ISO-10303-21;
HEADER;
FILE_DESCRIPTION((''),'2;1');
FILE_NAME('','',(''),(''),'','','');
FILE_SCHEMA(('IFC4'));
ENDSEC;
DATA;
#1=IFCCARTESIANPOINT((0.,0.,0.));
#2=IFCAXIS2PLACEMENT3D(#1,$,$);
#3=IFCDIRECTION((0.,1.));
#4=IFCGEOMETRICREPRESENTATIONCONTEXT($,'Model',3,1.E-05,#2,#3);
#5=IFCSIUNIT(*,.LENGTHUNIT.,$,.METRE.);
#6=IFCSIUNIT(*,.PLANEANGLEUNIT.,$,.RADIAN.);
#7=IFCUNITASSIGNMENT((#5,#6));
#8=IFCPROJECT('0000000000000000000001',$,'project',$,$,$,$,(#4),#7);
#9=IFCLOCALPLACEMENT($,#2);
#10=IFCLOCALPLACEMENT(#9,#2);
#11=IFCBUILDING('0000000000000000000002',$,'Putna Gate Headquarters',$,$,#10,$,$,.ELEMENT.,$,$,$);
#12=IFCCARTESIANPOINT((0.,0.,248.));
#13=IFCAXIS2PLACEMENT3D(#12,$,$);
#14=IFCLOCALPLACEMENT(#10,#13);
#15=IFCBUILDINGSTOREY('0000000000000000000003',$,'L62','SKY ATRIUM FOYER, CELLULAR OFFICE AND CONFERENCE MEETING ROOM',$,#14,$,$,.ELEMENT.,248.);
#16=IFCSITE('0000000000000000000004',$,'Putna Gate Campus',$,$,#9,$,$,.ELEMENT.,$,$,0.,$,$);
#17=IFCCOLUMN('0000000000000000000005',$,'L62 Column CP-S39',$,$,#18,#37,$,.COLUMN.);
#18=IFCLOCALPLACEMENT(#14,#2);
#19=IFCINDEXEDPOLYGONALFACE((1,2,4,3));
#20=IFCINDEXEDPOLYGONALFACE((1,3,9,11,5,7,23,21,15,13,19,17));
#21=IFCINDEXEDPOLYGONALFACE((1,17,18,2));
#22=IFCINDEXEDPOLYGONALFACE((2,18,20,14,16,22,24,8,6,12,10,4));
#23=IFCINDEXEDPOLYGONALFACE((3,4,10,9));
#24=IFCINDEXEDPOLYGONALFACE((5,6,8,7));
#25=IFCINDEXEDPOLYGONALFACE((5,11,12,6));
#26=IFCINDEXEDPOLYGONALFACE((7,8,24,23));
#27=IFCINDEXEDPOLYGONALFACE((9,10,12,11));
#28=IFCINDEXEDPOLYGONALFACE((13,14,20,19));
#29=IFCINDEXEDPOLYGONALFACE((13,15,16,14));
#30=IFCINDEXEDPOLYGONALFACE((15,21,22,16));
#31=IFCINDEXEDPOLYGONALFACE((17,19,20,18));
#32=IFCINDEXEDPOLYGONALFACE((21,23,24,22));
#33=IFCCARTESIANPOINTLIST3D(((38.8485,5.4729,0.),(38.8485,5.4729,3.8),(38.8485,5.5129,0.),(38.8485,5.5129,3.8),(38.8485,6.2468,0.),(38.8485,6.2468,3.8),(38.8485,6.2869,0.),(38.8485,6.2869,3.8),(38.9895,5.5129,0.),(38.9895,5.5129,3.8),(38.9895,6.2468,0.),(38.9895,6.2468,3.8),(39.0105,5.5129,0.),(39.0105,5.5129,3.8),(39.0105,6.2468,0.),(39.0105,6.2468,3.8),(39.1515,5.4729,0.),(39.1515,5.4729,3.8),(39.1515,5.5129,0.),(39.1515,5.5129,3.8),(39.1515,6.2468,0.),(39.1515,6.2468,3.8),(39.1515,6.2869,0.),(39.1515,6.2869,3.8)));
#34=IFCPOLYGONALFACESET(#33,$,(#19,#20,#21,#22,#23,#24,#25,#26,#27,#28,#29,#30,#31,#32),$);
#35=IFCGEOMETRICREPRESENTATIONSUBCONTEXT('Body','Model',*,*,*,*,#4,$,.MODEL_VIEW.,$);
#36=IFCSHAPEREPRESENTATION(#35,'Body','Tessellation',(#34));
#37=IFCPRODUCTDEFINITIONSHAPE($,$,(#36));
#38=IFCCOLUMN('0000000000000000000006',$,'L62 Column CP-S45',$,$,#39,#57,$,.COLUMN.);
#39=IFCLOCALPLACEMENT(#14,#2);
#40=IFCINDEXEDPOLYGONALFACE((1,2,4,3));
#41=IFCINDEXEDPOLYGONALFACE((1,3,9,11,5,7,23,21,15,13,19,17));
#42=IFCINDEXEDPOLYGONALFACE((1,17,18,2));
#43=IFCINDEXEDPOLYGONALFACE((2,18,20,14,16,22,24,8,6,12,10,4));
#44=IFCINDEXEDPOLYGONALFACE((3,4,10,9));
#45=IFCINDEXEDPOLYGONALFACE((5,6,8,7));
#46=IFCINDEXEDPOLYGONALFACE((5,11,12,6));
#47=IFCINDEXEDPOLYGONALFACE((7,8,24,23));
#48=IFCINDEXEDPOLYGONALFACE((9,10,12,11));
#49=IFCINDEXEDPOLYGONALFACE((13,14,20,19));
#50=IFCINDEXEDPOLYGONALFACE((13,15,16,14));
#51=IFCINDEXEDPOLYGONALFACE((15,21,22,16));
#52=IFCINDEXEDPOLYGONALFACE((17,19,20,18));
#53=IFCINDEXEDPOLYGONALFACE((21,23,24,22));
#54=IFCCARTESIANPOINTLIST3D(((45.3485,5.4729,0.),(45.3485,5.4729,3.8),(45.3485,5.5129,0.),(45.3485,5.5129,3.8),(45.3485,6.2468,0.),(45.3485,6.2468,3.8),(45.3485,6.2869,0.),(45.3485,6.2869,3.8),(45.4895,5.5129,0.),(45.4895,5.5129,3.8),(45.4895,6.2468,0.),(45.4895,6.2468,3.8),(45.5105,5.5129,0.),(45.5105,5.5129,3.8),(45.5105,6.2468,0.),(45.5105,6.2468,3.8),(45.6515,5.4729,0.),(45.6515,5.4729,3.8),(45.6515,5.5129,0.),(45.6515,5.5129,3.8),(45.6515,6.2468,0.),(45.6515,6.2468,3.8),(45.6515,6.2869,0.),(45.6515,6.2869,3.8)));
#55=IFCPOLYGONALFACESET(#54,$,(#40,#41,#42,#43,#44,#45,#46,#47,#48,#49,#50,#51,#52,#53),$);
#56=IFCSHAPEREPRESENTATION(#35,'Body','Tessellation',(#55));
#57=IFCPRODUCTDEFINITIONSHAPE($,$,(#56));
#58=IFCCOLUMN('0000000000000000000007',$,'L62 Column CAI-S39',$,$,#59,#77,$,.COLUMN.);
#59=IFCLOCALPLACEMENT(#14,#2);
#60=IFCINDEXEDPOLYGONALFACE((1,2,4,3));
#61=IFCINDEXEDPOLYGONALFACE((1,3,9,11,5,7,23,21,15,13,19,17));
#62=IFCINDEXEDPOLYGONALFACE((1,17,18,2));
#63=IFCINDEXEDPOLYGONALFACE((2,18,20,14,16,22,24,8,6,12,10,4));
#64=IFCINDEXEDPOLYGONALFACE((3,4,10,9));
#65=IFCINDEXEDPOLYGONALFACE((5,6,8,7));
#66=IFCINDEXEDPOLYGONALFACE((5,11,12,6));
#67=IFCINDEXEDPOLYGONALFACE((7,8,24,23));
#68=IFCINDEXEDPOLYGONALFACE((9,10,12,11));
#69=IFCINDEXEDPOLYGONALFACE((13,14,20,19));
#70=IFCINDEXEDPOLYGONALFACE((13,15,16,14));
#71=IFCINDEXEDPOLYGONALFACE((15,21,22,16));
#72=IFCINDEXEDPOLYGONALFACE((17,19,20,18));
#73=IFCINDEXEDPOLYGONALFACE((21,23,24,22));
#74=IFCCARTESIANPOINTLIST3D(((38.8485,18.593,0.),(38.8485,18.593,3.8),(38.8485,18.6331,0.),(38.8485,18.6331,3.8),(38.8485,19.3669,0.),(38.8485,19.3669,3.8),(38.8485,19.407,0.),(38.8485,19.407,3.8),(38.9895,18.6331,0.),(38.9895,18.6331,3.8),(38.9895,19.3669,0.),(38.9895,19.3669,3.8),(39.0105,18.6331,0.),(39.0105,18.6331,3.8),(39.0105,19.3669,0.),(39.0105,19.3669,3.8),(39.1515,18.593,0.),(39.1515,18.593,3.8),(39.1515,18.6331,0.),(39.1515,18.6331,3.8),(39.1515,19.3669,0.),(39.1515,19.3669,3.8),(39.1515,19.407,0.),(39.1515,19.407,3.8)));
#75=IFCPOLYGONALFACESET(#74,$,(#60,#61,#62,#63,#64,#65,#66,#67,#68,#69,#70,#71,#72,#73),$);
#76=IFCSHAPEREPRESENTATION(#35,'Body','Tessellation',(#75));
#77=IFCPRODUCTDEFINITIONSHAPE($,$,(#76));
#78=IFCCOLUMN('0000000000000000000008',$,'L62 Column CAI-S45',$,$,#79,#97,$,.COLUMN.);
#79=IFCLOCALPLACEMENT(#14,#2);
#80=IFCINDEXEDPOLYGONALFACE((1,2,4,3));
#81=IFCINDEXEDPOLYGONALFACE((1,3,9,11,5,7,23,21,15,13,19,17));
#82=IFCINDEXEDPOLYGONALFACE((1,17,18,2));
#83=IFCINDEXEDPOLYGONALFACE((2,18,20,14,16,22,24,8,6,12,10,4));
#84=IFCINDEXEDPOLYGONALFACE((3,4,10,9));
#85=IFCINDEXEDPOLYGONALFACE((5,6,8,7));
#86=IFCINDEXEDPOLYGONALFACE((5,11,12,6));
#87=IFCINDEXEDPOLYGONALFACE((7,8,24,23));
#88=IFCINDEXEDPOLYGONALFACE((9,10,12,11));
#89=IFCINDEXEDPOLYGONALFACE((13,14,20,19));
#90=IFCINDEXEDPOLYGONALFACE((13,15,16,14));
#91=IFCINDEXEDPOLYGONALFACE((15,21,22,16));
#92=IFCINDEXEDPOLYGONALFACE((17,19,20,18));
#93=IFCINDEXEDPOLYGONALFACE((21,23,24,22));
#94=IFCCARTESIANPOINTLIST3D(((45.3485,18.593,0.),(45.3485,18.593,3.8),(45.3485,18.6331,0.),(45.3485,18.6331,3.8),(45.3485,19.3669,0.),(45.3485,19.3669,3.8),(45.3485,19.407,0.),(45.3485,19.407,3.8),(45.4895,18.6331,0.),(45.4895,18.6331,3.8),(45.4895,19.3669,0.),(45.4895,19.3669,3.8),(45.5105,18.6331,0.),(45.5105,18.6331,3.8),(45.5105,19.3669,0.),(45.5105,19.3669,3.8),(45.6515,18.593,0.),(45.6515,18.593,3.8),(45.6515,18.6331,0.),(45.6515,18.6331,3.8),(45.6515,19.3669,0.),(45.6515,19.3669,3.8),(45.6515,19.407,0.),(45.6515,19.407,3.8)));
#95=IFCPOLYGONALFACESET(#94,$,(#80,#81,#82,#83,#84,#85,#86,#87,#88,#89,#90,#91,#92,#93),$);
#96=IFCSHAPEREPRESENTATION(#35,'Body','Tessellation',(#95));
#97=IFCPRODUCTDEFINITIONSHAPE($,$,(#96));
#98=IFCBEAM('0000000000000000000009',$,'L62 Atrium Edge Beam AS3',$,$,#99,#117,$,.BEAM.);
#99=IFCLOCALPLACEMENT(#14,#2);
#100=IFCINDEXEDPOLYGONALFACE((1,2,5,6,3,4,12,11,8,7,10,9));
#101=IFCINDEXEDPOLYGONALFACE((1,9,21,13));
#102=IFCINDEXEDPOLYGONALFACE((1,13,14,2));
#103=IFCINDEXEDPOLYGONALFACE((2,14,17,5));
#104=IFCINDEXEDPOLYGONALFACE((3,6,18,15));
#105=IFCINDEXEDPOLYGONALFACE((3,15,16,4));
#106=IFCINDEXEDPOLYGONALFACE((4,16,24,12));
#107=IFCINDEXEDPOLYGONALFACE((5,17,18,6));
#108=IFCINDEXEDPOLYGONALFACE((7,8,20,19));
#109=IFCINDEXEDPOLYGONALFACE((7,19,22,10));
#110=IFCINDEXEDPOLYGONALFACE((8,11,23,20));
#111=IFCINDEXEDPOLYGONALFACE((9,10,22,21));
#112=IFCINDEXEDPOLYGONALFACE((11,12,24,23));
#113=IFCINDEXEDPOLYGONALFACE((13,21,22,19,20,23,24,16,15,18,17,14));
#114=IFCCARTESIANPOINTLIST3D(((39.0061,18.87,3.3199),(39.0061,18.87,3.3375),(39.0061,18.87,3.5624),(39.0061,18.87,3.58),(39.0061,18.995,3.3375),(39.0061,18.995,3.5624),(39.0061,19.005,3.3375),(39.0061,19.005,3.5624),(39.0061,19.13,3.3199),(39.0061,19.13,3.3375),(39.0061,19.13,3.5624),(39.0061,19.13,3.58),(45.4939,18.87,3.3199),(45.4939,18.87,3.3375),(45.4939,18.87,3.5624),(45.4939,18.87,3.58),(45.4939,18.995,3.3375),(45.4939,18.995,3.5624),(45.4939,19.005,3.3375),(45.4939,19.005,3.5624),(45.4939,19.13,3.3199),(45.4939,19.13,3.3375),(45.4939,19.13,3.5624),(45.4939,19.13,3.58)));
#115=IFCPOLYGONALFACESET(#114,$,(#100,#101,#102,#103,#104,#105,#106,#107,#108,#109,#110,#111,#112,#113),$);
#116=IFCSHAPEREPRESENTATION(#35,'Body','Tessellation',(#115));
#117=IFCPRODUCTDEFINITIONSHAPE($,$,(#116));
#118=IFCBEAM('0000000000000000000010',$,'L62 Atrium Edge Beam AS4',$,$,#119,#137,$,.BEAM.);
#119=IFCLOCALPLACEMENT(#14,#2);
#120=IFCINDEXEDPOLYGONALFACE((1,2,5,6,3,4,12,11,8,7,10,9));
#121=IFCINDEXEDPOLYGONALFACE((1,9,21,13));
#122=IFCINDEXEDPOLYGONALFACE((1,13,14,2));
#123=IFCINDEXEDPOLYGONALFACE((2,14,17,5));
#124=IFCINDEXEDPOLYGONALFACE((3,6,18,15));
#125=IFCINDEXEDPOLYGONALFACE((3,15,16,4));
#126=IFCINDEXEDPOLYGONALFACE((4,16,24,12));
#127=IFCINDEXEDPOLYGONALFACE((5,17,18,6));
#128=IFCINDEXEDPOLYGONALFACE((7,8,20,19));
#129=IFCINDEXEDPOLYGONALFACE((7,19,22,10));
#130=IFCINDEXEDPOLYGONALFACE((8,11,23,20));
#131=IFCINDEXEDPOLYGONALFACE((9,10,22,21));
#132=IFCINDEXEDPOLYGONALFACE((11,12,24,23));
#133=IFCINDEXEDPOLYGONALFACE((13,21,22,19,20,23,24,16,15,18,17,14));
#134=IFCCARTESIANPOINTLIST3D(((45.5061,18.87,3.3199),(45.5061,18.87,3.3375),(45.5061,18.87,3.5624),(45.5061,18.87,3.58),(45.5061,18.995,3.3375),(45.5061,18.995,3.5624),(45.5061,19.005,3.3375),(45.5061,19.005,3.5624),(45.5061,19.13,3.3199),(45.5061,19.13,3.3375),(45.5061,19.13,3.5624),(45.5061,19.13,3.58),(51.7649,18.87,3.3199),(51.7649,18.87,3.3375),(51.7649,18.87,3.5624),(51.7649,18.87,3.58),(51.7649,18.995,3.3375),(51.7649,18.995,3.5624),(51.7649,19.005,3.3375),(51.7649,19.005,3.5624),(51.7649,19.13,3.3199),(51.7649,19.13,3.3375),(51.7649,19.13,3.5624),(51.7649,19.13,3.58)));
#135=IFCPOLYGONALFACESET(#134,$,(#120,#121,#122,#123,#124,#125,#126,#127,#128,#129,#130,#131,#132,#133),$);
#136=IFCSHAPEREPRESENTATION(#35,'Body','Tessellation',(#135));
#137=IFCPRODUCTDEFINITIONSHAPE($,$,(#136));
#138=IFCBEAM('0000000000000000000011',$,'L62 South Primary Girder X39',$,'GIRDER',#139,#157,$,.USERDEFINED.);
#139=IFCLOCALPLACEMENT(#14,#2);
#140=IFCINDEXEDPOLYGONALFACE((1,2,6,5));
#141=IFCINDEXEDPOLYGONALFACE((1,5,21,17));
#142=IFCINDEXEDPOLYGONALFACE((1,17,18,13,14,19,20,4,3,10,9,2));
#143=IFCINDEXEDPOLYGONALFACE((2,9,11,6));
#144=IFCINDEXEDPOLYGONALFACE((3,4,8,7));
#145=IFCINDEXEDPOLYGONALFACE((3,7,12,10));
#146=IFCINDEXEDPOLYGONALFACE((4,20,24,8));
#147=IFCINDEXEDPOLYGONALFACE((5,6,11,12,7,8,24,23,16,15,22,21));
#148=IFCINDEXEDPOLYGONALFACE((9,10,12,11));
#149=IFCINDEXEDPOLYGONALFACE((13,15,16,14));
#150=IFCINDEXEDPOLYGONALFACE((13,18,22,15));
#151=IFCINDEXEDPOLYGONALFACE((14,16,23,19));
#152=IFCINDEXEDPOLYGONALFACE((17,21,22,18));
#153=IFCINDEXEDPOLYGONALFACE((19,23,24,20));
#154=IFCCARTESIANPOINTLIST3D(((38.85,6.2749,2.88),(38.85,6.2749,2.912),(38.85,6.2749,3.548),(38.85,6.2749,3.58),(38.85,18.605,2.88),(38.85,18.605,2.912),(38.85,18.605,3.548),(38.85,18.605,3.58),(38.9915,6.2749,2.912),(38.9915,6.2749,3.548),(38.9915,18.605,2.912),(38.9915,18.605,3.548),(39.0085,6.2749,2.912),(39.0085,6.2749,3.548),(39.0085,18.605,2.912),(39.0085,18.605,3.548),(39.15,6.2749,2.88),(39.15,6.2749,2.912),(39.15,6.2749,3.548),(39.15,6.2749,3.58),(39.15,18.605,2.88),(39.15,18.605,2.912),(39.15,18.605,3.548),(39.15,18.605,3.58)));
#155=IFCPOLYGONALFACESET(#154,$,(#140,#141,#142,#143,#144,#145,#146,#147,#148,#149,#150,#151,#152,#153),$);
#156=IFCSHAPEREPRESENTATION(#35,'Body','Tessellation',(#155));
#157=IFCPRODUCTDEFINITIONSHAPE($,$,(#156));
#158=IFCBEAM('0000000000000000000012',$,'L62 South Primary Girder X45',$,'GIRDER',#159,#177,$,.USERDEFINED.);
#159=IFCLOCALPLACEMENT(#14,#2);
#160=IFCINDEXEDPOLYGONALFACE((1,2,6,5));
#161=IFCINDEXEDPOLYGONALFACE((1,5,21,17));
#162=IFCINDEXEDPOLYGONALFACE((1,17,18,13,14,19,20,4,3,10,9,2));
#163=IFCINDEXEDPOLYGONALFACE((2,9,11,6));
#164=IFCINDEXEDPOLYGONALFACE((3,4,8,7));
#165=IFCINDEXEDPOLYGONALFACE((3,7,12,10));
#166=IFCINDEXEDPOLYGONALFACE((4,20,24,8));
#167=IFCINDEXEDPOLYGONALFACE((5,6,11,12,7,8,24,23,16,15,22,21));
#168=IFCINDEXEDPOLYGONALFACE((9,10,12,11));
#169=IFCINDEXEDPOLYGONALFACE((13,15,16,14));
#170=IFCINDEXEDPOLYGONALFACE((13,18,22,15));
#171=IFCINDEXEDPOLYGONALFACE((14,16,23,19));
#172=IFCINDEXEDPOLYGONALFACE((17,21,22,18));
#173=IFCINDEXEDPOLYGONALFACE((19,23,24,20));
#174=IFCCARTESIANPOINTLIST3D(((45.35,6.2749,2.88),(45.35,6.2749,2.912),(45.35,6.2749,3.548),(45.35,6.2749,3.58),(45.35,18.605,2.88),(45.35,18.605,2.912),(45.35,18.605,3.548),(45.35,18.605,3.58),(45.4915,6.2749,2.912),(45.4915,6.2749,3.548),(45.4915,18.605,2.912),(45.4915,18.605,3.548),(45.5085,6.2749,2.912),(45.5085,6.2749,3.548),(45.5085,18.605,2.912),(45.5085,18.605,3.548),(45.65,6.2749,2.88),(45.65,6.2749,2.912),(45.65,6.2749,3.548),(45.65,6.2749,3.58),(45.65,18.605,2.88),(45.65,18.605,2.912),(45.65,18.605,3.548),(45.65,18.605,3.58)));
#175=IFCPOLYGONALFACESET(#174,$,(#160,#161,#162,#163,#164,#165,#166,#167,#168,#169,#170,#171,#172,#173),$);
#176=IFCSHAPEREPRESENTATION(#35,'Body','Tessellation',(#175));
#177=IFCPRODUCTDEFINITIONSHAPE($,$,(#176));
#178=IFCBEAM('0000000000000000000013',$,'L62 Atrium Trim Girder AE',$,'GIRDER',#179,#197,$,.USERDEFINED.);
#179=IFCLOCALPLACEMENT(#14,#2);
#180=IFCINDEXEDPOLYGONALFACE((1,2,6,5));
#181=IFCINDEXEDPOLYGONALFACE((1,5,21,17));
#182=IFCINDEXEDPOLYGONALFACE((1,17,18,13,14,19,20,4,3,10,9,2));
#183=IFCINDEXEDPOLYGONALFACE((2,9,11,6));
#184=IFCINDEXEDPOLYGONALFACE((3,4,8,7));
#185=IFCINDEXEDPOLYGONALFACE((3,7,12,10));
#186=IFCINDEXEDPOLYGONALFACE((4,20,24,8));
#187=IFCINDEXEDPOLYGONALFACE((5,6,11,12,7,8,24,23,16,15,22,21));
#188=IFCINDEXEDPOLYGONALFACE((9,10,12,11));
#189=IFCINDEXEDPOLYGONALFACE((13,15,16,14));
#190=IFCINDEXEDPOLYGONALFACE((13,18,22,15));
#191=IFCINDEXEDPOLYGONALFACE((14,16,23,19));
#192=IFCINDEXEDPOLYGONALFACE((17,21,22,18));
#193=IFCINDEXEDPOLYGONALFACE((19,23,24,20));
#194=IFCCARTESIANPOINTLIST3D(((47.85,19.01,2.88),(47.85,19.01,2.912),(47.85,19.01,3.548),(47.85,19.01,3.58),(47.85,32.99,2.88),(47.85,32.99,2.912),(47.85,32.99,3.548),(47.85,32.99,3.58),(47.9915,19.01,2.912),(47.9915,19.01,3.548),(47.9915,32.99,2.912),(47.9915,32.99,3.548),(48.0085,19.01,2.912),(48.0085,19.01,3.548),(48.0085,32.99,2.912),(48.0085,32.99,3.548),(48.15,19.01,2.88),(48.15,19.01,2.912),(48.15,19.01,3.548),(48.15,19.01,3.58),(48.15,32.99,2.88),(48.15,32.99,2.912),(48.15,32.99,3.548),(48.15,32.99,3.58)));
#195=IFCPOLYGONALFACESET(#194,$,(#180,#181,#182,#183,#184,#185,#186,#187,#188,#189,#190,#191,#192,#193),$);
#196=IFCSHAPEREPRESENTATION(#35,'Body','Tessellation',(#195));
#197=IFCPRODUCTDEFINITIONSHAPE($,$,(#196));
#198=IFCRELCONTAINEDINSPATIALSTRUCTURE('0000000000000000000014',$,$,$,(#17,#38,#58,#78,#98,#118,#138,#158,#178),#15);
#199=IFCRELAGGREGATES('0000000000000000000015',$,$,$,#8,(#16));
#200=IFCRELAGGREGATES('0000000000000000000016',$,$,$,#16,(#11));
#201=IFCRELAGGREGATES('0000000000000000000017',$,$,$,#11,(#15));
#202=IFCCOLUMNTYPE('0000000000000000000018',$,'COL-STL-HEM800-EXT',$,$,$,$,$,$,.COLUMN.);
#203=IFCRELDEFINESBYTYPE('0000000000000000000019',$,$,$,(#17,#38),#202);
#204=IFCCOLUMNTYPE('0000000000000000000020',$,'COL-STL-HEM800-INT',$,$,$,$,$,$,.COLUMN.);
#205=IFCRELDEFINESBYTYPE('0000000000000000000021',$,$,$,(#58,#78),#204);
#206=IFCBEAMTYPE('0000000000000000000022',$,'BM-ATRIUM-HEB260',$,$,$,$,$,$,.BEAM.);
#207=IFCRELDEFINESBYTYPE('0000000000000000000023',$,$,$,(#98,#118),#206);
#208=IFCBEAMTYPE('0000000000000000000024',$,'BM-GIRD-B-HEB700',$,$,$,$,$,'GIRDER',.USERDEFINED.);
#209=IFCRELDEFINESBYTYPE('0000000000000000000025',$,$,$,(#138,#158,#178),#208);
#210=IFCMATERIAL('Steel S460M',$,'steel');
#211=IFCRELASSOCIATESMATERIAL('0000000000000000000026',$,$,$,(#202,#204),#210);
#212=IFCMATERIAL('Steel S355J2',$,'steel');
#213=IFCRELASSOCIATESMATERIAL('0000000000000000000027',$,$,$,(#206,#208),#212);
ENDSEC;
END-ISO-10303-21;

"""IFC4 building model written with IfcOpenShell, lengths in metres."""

from ifc_helpers import new_model, si_unit, direction, frame, origin, origin_2d, place, context, subcontext, project, spatial, i_section, extrude, material, material_profile, profile_set, type_object, element, save


model = new_model("IFC4")

# Units and contexts
model_context = context("Model", 3, precision=1e-05, world=origin(), true_north=direction((0.0, 1.0)))
body_context = subcontext(model_context, "Body", "Model", "MODEL_VIEW")
ifc_project = project(units=[si_unit("LENGTHUNIT", "METRE"), si_unit("PLANEANGLEUNIT", "RADIAN")], contexts=[model_context])

# Site, building, storey
site_placement = place(None, origin())
site = spatial("IfcSite", under=ifc_project, at=site_placement, Name="Putna Gate Campus", CompositionType="ELEMENT", RefElevation=0.0)
building_placement = place(site_placement, origin())
building = spatial("IfcBuilding", under=site, at=building_placement, Name="Putna Gate Headquarters", CompositionType="ELEMENT")
storey_placement = place(building_placement, frame((0.0, 0.0, 248.0)))
storey = spatial("IfcBuildingStorey", under=building, at=storey_placement, Name="L62", Description="SKY ATRIUM FOYER, CELLULAR OFFICE AND CONFERENCE MEETING ROOM", CompositionType="ELEMENT", Elevation=248.0)

# Columns
ifc_material_1 = material(Name="Steel S460M", Category="steel")
ifc_material_profile_1 = material_profile(ifc_material_1, i_section(OverallWidth=0.303, OverallDepth=0.814, WebThickness=0.021, FlangeThickness=0.04, at=origin_2d()), Name="Steel S460M")
ifc_profile_set_1 = profile_set([ifc_material_profile_1], Name="Steel S460M")
column_type_1 = type_object("IfcColumnType", Name="COL-STL-HEM800-EXT", PredefinedType="COLUMN", material=ifc_profile_set_1)
for number, where, z_axis, x_axis, name in (
    (1, (39.0, 5.8799, 0.0), (0.0, 0.0, 1.0), (1.0, 0.0, 0.0), "L62 Column CP-S39"),
    (2, (45.5, 5.8799, 0.0), (0.0, 0.0, 1.0), (1.0, 0.0, 0.0), "L62 Column CP-S45"),
):
    element("IfcColumn", number, at=place(storey_placement, frame(where, z_axis=z_axis, x_axis=x_axis)), inside=storey, type_object=column_type_1, Name=name, PredefinedType="COLUMN", context=body_context, shape_type="SweptSolid", body=[
        extrude(i_section(OverallWidth=0.303, OverallDepth=0.814, WebThickness=0.021, FlangeThickness=0.04, at=origin_2d()), origin(), (0.0, 0.0, 1.0), 3.8),
    ])
ifc_material_profile_2 = material_profile(ifc_material_1, i_section(OverallWidth=0.303, OverallDepth=0.814, WebThickness=0.021, FlangeThickness=0.04, at=origin_2d()), Name="Steel S460M")
ifc_profile_set_2 = profile_set([ifc_material_profile_2], Name="Steel S460M")
column_type_2 = type_object("IfcColumnType", Name="COL-STL-HEM800-INT", PredefinedType="COLUMN", material=ifc_profile_set_2)
for number, where, z_axis, x_axis, name in (
    (3, (39.0, 19.0, 0.0), (0.0, 0.0, 1.0), (1.0, 0.0, 0.0), "L62 Column CAI-S39"),
    (4, (45.5, 19.0, 0.0), (0.0, 0.0, 1.0), (1.0, 0.0, 0.0), "L62 Column CAI-S45"),
):
    element("IfcColumn", number, at=place(storey_placement, frame(where, z_axis=z_axis, x_axis=x_axis)), inside=storey, type_object=column_type_2, Name=name, PredefinedType="COLUMN", context=body_context, shape_type="SweptSolid", body=[
        extrude(i_section(OverallWidth=0.303, OverallDepth=0.814, WebThickness=0.021, FlangeThickness=0.04, at=origin_2d()), origin(), (0.0, 0.0, 1.0), 3.8),
    ])

# Beams
ifc_material_2 = material(Name="Steel S355J2", Category="steel")
ifc_material_profile_3 = material_profile(ifc_material_2, i_section(OverallWidth=0.26, OverallDepth=0.26, WebThickness=0.01, FlangeThickness=0.0176, at=origin_2d()), Name="Steel S355J2")
ifc_profile_set_3 = profile_set([ifc_material_profile_3], Name="Steel S355J2")
beam_type_1 = type_object("IfcBeamType", Name="BM-ATRIUM-HEB260", PredefinedType="BEAM", material=ifc_profile_set_3)
beam_1_placement = place(storey_placement, frame((39.0061, 19.0, 3.45), z_axis=(1.0, 0.0, 0.0), x_axis=(0.0, 1.0, 0.0)))
element("IfcBeam", 5, at=beam_1_placement, inside=storey, type_object=beam_type_1, Name="L62 Atrium Edge Beam AS3", PredefinedType="BEAM", context=body_context, shape_type="SweptSolid", body=[
    extrude(i_section(OverallWidth=0.26, OverallDepth=0.26, WebThickness=0.01, FlangeThickness=0.0176, at=origin_2d()), origin(), (0.0, 0.0, 1.0), 6.4878),
])
beam_2_placement = place(storey_placement, frame((45.5061, 19.0, 3.45), z_axis=(1.0, 0.0, 0.0), x_axis=(0.0, 1.0, 0.0)))
element("IfcBeam", 6, at=beam_2_placement, inside=storey, type_object=beam_type_1, Name="L62 Atrium Edge Beam AS4", PredefinedType="BEAM", context=body_context, shape_type="SweptSolid", body=[
    extrude(i_section(OverallWidth=0.26, OverallDepth=0.26, WebThickness=0.01, FlangeThickness=0.0176, at=origin_2d()), origin(), (0.0, 0.0, 1.0), 6.2588),
])
ifc_material_profile_4 = material_profile(ifc_material_2, i_section(OverallWidth=0.3, OverallDepth=0.7, WebThickness=0.0171, FlangeThickness=0.032, at=origin_2d()), Name="Steel S355J2")
ifc_profile_set_4 = profile_set([ifc_material_profile_4], Name="Steel S355J2")
beam_type_2 = type_object("IfcBeamType", Name="BM-GIRD-B-HEB700", ElementType="GIRDER", PredefinedType="USERDEFINED", material=ifc_profile_set_4)
for number, where, z_axis, x_axis, name in (
    (7, (39.0, 6.2749, 3.23), (0.0, 1.0, 0.0), (-1.0, 0.0, 0.0), "L62 South Primary Girder X39"),
    (8, (45.5, 6.2749, 3.23), (0.0, 1.0, 0.0), (-1.0, 0.0, 0.0), "L62 South Primary Girder X45"),
):
    element("IfcBeam", number, at=place(storey_placement, frame(where, z_axis=z_axis, x_axis=x_axis)), inside=storey, type_object=beam_type_2, Name=name, ObjectType="GIRDER", PredefinedType="USERDEFINED", context=body_context, shape_type="SweptSolid", body=[
        extrude(i_section(OverallWidth=0.3, OverallDepth=0.7, WebThickness=0.0171, FlangeThickness=0.032, at=origin_2d()), origin(), (0.0, 0.0, 1.0), 12.3301),
    ])
beam_3_placement = place(storey_placement, frame((48.0, 19.01, 3.23), z_axis=(0.0, 1.0, 0.0), x_axis=(-1.0, 0.0, 0.0)))
element("IfcBeam", 9, at=beam_3_placement, inside=storey, type_object=beam_type_2, Name="L62 Atrium Trim Girder AE", ObjectType="GIRDER", PredefinedType="USERDEFINED", context=body_context, shape_type="SweptSolid", body=[
    extrude(i_section(OverallWidth=0.3, OverallDepth=0.7, WebThickness=0.0171, FlangeThickness=0.032, at=origin_2d()), origin(), (0.0, 0.0, 1.0), 13.98),
])

save(model, "model.ifc")
